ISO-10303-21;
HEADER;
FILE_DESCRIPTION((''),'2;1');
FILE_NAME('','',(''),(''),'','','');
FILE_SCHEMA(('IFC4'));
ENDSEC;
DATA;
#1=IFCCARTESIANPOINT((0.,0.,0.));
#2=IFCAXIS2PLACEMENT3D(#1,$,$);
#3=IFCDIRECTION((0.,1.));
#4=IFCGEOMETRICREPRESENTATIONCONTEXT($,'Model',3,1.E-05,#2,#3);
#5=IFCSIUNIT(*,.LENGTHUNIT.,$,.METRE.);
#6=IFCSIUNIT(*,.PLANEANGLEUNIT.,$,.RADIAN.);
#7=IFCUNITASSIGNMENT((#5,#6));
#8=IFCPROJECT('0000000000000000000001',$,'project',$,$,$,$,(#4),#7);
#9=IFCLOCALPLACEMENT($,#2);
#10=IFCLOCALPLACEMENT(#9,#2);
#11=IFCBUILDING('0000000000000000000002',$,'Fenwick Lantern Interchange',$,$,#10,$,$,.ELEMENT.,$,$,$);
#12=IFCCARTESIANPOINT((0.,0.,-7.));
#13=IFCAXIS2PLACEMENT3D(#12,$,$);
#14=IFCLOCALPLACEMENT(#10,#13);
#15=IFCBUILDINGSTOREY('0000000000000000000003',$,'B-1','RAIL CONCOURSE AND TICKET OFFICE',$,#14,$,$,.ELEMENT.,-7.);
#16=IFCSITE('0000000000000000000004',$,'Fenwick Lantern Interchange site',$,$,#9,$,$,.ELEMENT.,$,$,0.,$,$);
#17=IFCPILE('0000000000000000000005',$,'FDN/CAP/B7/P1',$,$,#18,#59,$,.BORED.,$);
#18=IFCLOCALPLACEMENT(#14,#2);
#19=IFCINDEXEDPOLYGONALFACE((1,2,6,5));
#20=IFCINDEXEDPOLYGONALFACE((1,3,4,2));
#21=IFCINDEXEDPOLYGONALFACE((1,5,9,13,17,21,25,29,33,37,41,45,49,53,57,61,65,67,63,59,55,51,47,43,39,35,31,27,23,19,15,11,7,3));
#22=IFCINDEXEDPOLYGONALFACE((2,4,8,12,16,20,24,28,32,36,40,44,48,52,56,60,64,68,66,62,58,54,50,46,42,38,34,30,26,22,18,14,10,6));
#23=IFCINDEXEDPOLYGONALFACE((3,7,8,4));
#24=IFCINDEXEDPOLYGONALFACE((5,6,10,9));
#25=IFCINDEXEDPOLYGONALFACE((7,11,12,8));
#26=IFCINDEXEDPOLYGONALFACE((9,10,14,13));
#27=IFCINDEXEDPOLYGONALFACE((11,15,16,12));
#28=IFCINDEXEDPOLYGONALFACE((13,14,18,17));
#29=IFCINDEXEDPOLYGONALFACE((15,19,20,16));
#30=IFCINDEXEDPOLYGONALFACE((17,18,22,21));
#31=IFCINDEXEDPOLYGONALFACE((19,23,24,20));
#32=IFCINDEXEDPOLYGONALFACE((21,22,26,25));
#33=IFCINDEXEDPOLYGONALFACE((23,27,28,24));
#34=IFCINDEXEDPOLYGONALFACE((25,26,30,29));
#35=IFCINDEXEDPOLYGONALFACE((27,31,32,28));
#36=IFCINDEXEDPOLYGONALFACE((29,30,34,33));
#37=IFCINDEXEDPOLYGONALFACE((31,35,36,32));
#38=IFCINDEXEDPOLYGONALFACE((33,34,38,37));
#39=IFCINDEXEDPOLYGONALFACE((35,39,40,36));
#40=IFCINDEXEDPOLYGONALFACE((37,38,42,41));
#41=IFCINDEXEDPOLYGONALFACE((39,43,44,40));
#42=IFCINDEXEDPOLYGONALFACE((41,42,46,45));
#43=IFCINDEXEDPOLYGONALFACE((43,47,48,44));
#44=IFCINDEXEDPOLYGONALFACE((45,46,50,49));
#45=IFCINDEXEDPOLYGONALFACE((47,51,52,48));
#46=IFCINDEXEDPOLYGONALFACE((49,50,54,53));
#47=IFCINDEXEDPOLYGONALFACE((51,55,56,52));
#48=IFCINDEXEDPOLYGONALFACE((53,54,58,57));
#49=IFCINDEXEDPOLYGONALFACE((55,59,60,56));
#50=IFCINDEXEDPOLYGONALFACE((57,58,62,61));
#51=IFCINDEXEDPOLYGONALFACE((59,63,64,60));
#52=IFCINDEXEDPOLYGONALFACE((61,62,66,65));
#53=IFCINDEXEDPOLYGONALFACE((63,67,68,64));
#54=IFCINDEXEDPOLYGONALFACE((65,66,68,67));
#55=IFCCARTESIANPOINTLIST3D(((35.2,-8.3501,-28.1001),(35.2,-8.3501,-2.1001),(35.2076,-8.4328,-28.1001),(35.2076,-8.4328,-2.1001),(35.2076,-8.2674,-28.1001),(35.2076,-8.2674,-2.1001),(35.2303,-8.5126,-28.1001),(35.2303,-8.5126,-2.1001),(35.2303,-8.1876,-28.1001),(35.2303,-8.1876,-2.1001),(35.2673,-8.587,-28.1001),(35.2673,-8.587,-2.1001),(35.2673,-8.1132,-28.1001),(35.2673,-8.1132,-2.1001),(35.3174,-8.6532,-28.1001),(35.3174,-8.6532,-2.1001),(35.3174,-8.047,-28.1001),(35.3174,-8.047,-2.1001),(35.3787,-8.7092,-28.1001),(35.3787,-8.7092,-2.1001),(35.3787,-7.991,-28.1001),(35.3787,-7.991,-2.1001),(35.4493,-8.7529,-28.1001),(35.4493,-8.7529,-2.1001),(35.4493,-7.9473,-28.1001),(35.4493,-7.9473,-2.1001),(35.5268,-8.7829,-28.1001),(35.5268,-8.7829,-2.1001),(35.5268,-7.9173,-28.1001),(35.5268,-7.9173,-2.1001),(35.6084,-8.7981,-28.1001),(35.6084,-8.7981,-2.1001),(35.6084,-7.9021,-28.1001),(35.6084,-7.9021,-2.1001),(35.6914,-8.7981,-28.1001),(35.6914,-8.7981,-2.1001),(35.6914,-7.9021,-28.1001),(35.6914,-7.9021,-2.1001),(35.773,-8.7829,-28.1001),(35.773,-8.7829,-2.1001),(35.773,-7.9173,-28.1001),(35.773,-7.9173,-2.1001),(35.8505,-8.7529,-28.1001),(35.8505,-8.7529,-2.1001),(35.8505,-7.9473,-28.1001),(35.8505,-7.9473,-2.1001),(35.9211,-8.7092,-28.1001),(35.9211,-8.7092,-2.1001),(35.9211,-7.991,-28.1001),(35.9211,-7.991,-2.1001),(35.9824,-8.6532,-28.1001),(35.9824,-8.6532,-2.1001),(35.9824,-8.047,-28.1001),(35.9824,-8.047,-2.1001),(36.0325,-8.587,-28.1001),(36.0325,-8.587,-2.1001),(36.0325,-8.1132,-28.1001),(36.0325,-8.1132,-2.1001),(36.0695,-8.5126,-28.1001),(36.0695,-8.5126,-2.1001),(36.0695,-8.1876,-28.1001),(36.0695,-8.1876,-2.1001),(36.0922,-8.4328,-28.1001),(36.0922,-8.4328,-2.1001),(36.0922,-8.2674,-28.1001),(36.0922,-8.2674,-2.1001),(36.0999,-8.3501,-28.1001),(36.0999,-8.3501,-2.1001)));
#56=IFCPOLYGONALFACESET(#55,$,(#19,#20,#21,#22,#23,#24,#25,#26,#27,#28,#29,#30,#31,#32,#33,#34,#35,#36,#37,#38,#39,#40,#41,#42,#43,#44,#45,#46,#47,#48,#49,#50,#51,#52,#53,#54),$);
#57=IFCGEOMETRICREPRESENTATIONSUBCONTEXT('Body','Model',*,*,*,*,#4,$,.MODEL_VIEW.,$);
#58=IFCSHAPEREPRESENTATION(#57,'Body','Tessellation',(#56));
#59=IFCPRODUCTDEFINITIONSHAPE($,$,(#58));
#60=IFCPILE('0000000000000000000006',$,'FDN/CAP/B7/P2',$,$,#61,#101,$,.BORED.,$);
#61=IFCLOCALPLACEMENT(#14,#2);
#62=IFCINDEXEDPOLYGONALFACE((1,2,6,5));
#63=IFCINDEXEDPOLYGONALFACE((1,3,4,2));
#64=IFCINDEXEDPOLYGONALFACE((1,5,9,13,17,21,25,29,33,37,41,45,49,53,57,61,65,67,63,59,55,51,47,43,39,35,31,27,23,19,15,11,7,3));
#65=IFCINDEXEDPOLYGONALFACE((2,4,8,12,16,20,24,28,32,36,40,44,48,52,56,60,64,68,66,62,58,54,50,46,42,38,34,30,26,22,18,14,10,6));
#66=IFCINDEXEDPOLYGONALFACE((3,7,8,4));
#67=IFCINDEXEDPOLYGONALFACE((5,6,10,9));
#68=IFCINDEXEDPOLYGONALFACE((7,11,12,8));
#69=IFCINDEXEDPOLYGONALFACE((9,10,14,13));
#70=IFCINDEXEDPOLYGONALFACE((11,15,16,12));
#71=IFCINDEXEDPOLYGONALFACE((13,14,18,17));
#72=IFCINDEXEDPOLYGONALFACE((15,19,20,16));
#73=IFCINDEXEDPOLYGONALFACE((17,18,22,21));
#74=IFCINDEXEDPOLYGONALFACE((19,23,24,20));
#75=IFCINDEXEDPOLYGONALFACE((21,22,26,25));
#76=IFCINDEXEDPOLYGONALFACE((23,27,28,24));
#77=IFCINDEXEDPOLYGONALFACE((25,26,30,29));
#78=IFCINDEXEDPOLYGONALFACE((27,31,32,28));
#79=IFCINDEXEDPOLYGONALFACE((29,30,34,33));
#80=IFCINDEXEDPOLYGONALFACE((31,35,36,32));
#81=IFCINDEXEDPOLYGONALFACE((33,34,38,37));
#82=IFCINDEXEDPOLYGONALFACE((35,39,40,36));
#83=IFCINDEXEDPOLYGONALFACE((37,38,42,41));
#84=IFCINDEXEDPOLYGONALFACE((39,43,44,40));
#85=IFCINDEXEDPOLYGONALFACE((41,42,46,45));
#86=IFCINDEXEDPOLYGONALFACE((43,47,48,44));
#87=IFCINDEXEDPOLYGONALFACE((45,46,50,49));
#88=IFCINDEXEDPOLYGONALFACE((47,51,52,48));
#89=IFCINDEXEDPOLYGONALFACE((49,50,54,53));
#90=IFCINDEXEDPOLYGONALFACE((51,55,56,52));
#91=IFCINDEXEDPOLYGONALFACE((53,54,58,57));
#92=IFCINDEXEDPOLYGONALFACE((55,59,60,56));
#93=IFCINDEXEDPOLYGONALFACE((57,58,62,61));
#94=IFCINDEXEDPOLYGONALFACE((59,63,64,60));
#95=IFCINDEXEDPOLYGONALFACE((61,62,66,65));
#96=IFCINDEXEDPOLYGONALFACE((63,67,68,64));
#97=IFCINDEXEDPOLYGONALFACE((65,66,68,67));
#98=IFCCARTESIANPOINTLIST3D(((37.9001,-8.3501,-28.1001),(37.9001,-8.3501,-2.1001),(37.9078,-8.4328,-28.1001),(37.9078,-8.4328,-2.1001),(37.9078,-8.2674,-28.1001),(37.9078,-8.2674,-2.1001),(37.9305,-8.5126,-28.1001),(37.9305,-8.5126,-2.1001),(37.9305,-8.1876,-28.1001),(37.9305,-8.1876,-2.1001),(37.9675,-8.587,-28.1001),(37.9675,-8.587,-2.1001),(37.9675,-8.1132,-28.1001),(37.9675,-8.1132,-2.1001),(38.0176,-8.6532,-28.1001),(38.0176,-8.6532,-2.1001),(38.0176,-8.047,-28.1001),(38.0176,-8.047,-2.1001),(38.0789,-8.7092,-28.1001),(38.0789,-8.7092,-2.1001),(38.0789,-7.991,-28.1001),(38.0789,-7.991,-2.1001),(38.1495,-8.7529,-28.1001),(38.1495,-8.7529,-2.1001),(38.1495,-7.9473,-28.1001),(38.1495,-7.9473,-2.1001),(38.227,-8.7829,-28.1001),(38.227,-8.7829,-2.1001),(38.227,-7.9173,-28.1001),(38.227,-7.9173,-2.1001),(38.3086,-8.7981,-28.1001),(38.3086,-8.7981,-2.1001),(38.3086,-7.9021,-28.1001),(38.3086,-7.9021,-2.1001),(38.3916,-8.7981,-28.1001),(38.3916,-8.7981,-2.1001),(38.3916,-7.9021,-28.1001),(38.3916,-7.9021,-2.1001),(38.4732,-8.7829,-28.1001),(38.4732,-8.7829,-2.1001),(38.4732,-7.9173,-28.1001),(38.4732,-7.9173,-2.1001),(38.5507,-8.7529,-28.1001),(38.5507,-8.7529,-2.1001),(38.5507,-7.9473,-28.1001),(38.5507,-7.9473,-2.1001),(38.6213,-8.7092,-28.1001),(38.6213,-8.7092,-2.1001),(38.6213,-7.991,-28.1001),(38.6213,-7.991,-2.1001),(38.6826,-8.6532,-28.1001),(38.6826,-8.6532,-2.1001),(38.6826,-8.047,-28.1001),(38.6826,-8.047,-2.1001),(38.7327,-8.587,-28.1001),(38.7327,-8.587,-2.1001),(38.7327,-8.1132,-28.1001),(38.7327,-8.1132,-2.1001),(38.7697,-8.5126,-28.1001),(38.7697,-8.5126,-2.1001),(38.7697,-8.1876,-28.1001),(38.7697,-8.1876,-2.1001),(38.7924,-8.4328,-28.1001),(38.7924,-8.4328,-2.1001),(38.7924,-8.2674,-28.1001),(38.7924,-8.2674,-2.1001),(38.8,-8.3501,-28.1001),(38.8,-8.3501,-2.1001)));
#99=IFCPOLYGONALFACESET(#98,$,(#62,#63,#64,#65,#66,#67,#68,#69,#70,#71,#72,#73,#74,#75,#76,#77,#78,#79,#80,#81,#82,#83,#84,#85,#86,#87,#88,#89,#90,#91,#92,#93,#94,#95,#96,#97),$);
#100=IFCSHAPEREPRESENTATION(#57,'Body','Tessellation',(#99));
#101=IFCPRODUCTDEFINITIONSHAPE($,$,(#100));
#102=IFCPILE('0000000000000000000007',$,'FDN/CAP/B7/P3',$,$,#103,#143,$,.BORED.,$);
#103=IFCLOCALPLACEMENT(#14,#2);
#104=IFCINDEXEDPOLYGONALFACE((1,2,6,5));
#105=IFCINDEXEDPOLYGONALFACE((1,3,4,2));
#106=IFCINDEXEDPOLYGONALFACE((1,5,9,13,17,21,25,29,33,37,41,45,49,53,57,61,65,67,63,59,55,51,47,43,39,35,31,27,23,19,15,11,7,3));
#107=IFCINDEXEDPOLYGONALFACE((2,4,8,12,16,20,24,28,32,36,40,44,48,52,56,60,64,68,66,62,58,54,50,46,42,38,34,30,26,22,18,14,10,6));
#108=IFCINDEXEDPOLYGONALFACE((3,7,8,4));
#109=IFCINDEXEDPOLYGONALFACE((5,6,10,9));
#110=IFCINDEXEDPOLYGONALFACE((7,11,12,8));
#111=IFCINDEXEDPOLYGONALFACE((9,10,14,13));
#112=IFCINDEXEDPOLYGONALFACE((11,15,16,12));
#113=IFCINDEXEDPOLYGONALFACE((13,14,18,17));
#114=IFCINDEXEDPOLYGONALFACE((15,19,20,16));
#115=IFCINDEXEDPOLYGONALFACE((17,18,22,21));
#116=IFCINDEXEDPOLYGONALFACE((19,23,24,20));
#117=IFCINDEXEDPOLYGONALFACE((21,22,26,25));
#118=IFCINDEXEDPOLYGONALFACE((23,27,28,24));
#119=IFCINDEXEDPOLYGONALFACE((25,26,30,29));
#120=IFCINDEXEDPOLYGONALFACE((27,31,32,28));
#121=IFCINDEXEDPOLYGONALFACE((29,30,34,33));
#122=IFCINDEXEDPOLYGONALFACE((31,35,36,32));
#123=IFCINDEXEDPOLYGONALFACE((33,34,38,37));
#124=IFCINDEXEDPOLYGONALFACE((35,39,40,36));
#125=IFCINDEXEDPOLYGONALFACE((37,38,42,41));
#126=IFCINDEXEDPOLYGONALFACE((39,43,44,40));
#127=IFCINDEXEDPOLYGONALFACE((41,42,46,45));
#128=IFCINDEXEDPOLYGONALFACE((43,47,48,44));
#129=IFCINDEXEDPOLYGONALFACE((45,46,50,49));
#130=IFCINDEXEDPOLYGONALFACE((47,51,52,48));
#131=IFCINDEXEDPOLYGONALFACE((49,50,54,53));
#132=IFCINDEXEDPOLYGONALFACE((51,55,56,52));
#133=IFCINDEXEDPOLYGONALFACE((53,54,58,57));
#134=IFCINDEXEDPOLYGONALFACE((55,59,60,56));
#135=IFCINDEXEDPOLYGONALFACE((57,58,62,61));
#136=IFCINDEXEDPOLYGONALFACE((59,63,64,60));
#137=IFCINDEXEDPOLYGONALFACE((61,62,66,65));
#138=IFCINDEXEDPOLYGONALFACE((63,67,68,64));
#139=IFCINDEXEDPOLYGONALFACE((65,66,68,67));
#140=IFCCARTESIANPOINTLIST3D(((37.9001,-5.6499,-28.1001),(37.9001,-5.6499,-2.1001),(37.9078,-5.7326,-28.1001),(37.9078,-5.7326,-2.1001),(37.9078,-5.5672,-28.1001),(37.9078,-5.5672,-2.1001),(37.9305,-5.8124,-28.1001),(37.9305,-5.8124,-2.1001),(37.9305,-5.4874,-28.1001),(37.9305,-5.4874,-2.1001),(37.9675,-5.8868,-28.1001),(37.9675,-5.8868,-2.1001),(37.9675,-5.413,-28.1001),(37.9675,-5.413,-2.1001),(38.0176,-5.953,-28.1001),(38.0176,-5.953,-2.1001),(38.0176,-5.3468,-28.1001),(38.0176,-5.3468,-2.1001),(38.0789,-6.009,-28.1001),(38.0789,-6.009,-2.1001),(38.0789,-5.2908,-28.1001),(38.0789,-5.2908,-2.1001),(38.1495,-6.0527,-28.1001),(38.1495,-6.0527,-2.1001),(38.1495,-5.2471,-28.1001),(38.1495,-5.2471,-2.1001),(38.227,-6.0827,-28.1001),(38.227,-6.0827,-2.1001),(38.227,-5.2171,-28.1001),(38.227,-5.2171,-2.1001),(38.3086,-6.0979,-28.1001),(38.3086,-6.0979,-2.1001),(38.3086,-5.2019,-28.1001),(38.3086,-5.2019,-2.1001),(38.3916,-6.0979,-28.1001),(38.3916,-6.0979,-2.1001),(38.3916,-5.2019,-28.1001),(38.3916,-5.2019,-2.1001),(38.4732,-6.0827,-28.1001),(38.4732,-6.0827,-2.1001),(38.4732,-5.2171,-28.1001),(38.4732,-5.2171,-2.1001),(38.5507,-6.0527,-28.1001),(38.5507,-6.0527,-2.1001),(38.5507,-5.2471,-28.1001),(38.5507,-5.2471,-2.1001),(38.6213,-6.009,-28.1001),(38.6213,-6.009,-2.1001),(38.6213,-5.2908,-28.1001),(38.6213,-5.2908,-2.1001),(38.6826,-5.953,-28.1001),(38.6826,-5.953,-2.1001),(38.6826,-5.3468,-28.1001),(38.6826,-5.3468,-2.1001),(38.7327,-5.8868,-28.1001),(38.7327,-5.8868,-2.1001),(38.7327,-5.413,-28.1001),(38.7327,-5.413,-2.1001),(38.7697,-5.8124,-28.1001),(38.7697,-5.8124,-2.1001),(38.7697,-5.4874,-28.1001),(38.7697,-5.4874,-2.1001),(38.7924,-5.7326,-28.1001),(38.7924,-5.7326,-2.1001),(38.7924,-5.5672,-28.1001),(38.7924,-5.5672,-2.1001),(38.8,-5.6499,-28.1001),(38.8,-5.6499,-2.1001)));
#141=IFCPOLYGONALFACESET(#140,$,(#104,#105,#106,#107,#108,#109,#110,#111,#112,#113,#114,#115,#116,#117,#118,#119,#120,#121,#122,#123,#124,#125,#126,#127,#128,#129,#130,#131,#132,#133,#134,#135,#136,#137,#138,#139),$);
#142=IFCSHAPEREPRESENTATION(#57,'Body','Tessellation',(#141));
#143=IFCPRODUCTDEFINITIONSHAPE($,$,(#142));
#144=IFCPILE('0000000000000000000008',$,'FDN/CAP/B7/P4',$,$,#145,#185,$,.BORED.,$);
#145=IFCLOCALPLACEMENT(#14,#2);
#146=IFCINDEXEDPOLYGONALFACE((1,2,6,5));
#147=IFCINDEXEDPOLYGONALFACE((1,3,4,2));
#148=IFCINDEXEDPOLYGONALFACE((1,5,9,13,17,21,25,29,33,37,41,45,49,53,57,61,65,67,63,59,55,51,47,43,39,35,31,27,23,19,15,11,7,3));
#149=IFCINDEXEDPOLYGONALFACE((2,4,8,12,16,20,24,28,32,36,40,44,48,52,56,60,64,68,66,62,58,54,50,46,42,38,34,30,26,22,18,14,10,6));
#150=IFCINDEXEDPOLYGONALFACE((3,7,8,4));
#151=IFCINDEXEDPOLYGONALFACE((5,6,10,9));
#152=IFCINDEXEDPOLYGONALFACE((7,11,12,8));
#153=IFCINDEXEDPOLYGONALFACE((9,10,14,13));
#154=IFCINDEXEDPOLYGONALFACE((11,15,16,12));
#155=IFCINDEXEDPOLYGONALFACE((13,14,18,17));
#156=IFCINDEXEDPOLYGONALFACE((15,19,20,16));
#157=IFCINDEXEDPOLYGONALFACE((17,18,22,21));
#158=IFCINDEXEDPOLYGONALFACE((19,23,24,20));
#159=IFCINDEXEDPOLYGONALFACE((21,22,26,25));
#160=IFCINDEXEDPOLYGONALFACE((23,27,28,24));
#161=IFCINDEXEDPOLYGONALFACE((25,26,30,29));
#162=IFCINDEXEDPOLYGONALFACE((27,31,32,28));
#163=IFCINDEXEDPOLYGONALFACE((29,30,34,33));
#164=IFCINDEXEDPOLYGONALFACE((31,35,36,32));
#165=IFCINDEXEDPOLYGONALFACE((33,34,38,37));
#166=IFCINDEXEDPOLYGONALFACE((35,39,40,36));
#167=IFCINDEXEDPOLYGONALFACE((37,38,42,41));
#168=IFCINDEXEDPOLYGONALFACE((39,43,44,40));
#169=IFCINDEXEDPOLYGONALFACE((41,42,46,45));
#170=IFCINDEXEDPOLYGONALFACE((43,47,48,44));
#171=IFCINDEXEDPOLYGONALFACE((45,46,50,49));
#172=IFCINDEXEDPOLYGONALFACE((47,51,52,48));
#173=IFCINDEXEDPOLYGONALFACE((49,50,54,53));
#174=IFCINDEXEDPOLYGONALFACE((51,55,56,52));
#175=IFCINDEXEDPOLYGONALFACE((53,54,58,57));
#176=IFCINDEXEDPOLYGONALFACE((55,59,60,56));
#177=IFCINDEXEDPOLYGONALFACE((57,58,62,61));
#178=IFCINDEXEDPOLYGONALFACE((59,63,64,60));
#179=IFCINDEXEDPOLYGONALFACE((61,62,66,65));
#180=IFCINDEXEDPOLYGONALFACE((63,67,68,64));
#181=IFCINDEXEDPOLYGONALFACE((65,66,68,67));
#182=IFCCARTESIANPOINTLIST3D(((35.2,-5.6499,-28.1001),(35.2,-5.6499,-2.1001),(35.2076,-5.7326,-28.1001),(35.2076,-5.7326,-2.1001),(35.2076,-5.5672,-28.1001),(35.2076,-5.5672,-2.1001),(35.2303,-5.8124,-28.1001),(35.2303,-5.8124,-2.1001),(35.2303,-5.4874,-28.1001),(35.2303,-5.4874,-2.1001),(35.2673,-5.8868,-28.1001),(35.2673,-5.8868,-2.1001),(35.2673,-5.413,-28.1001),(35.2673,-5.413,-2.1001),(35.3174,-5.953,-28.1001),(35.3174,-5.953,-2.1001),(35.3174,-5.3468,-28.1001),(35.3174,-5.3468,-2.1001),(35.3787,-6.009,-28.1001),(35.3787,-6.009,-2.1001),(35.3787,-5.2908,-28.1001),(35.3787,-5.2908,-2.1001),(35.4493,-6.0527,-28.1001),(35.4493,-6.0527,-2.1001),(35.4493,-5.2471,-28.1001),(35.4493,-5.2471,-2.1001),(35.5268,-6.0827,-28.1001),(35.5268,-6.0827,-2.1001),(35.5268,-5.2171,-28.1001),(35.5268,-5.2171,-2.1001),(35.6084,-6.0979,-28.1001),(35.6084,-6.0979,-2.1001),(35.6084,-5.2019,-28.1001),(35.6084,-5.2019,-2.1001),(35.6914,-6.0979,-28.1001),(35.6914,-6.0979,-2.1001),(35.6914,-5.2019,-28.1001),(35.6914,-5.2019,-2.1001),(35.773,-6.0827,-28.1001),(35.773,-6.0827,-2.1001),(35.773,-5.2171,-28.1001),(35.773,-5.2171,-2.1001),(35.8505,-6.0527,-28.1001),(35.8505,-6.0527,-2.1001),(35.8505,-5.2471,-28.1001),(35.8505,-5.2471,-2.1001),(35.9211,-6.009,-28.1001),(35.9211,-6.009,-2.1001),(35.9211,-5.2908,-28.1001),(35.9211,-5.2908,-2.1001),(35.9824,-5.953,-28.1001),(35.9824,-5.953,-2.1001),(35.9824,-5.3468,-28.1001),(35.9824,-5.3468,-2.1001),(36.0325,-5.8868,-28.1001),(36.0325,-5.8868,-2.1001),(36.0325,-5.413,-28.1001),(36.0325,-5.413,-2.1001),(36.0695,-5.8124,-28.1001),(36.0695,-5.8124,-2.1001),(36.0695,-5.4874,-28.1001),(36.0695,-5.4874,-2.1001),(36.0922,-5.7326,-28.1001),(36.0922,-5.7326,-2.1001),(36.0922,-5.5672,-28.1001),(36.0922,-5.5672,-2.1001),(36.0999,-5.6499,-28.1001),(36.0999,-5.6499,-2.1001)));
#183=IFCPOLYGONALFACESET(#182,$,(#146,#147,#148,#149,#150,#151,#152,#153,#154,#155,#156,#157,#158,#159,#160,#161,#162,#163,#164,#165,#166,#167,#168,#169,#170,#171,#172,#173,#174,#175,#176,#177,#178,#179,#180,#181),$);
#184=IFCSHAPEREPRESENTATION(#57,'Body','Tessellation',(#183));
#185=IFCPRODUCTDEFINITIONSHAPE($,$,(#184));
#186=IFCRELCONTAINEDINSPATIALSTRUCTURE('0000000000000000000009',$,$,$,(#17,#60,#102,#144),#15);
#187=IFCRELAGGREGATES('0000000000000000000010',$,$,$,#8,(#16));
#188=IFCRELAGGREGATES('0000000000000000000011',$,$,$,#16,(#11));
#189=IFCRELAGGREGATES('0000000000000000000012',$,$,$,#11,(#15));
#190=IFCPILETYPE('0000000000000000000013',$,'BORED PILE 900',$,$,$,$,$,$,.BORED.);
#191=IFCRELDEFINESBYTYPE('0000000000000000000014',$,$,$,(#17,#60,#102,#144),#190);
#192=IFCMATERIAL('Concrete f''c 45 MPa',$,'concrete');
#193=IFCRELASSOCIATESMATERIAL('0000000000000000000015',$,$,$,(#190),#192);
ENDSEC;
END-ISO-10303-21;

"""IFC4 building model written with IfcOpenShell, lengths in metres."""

from ifc_helpers import new_model, si_unit, direction, frame, origin, origin_2d, place, context, subcontext, project, spatial, circle, extrude, material, type_object, element, save


model = new_model("IFC4")

# Units and contexts
model_context = context("Model", 3, precision=1e-05, world=origin(), true_north=direction((0.0, 1.0)))
body_context = subcontext(model_context, "Body", "Model", "MODEL_VIEW")
ifc_project = project(units=[si_unit("LENGTHUNIT", "METRE"), si_unit("PLANEANGLEUNIT", "RADIAN")], contexts=[model_context])

# Site, building, storey
site_placement = place(None, origin())
site = spatial("IfcSite", under=ifc_project, at=site_placement, Name="Fenwick Lantern Interchange site", CompositionType="ELEMENT", RefElevation=0.0)
building_placement = place(site_placement, origin())
building = spatial("IfcBuilding", under=site, at=building_placement, Name="Fenwick Lantern Interchange", CompositionType="ELEMENT")
storey_placement = place(building_placement, frame((0.0, 0.0, -7.0)))
storey = spatial("IfcBuildingStorey", under=building, at=storey_placement, Name="B-1", Description="RAIL CONCOURSE AND TICKET OFFICE", CompositionType="ELEMENT", Elevation=-7.0)

# Piles
ifc_material_1 = material(Name="Concrete f'c 45 MPa", Category="concrete")
pile_type_1 = type_object("IfcPileType", Name="BORED PILE 900", PredefinedType="BORED", material=ifc_material_1)
for number, where, z_axis, x_axis, name in (
    (1, (35.6499, -8.3501, -2.1001), (0.0, 0.0, -1.0), (1.0, 0.0, 0.0), "FDN/CAP/B7/P1"),
    (2, (38.3501, -8.3501, -2.1001), (0.0, 0.0, -1.0), (1.0, 0.0, 0.0), "FDN/CAP/B7/P2"),
    (3, (38.3501, -5.6499, -2.1001), (0.0, 0.0, -1.0), (1.0, 0.0, 0.0), "FDN/CAP/B7/P3"),
    (4, (35.6499, -5.6499, -2.1001), (0.0, 0.0, -1.0), (1.0, 0.0, 0.0), "FDN/CAP/B7/P4"),
):
    element("IfcPile", number, at=place(storey_placement, frame(where, z_axis=z_axis, x_axis=x_axis)), inside=storey, type_object=pile_type_1, Name=name, PredefinedType="BORED", context=body_context, shape_type="SweptSolid", body=[
        extrude(circle(Radius=0.45, at=origin_2d()), origin(), (0.0, 0.0, 1.0), 26.0),
    ])

save(model, "model.ifc")
